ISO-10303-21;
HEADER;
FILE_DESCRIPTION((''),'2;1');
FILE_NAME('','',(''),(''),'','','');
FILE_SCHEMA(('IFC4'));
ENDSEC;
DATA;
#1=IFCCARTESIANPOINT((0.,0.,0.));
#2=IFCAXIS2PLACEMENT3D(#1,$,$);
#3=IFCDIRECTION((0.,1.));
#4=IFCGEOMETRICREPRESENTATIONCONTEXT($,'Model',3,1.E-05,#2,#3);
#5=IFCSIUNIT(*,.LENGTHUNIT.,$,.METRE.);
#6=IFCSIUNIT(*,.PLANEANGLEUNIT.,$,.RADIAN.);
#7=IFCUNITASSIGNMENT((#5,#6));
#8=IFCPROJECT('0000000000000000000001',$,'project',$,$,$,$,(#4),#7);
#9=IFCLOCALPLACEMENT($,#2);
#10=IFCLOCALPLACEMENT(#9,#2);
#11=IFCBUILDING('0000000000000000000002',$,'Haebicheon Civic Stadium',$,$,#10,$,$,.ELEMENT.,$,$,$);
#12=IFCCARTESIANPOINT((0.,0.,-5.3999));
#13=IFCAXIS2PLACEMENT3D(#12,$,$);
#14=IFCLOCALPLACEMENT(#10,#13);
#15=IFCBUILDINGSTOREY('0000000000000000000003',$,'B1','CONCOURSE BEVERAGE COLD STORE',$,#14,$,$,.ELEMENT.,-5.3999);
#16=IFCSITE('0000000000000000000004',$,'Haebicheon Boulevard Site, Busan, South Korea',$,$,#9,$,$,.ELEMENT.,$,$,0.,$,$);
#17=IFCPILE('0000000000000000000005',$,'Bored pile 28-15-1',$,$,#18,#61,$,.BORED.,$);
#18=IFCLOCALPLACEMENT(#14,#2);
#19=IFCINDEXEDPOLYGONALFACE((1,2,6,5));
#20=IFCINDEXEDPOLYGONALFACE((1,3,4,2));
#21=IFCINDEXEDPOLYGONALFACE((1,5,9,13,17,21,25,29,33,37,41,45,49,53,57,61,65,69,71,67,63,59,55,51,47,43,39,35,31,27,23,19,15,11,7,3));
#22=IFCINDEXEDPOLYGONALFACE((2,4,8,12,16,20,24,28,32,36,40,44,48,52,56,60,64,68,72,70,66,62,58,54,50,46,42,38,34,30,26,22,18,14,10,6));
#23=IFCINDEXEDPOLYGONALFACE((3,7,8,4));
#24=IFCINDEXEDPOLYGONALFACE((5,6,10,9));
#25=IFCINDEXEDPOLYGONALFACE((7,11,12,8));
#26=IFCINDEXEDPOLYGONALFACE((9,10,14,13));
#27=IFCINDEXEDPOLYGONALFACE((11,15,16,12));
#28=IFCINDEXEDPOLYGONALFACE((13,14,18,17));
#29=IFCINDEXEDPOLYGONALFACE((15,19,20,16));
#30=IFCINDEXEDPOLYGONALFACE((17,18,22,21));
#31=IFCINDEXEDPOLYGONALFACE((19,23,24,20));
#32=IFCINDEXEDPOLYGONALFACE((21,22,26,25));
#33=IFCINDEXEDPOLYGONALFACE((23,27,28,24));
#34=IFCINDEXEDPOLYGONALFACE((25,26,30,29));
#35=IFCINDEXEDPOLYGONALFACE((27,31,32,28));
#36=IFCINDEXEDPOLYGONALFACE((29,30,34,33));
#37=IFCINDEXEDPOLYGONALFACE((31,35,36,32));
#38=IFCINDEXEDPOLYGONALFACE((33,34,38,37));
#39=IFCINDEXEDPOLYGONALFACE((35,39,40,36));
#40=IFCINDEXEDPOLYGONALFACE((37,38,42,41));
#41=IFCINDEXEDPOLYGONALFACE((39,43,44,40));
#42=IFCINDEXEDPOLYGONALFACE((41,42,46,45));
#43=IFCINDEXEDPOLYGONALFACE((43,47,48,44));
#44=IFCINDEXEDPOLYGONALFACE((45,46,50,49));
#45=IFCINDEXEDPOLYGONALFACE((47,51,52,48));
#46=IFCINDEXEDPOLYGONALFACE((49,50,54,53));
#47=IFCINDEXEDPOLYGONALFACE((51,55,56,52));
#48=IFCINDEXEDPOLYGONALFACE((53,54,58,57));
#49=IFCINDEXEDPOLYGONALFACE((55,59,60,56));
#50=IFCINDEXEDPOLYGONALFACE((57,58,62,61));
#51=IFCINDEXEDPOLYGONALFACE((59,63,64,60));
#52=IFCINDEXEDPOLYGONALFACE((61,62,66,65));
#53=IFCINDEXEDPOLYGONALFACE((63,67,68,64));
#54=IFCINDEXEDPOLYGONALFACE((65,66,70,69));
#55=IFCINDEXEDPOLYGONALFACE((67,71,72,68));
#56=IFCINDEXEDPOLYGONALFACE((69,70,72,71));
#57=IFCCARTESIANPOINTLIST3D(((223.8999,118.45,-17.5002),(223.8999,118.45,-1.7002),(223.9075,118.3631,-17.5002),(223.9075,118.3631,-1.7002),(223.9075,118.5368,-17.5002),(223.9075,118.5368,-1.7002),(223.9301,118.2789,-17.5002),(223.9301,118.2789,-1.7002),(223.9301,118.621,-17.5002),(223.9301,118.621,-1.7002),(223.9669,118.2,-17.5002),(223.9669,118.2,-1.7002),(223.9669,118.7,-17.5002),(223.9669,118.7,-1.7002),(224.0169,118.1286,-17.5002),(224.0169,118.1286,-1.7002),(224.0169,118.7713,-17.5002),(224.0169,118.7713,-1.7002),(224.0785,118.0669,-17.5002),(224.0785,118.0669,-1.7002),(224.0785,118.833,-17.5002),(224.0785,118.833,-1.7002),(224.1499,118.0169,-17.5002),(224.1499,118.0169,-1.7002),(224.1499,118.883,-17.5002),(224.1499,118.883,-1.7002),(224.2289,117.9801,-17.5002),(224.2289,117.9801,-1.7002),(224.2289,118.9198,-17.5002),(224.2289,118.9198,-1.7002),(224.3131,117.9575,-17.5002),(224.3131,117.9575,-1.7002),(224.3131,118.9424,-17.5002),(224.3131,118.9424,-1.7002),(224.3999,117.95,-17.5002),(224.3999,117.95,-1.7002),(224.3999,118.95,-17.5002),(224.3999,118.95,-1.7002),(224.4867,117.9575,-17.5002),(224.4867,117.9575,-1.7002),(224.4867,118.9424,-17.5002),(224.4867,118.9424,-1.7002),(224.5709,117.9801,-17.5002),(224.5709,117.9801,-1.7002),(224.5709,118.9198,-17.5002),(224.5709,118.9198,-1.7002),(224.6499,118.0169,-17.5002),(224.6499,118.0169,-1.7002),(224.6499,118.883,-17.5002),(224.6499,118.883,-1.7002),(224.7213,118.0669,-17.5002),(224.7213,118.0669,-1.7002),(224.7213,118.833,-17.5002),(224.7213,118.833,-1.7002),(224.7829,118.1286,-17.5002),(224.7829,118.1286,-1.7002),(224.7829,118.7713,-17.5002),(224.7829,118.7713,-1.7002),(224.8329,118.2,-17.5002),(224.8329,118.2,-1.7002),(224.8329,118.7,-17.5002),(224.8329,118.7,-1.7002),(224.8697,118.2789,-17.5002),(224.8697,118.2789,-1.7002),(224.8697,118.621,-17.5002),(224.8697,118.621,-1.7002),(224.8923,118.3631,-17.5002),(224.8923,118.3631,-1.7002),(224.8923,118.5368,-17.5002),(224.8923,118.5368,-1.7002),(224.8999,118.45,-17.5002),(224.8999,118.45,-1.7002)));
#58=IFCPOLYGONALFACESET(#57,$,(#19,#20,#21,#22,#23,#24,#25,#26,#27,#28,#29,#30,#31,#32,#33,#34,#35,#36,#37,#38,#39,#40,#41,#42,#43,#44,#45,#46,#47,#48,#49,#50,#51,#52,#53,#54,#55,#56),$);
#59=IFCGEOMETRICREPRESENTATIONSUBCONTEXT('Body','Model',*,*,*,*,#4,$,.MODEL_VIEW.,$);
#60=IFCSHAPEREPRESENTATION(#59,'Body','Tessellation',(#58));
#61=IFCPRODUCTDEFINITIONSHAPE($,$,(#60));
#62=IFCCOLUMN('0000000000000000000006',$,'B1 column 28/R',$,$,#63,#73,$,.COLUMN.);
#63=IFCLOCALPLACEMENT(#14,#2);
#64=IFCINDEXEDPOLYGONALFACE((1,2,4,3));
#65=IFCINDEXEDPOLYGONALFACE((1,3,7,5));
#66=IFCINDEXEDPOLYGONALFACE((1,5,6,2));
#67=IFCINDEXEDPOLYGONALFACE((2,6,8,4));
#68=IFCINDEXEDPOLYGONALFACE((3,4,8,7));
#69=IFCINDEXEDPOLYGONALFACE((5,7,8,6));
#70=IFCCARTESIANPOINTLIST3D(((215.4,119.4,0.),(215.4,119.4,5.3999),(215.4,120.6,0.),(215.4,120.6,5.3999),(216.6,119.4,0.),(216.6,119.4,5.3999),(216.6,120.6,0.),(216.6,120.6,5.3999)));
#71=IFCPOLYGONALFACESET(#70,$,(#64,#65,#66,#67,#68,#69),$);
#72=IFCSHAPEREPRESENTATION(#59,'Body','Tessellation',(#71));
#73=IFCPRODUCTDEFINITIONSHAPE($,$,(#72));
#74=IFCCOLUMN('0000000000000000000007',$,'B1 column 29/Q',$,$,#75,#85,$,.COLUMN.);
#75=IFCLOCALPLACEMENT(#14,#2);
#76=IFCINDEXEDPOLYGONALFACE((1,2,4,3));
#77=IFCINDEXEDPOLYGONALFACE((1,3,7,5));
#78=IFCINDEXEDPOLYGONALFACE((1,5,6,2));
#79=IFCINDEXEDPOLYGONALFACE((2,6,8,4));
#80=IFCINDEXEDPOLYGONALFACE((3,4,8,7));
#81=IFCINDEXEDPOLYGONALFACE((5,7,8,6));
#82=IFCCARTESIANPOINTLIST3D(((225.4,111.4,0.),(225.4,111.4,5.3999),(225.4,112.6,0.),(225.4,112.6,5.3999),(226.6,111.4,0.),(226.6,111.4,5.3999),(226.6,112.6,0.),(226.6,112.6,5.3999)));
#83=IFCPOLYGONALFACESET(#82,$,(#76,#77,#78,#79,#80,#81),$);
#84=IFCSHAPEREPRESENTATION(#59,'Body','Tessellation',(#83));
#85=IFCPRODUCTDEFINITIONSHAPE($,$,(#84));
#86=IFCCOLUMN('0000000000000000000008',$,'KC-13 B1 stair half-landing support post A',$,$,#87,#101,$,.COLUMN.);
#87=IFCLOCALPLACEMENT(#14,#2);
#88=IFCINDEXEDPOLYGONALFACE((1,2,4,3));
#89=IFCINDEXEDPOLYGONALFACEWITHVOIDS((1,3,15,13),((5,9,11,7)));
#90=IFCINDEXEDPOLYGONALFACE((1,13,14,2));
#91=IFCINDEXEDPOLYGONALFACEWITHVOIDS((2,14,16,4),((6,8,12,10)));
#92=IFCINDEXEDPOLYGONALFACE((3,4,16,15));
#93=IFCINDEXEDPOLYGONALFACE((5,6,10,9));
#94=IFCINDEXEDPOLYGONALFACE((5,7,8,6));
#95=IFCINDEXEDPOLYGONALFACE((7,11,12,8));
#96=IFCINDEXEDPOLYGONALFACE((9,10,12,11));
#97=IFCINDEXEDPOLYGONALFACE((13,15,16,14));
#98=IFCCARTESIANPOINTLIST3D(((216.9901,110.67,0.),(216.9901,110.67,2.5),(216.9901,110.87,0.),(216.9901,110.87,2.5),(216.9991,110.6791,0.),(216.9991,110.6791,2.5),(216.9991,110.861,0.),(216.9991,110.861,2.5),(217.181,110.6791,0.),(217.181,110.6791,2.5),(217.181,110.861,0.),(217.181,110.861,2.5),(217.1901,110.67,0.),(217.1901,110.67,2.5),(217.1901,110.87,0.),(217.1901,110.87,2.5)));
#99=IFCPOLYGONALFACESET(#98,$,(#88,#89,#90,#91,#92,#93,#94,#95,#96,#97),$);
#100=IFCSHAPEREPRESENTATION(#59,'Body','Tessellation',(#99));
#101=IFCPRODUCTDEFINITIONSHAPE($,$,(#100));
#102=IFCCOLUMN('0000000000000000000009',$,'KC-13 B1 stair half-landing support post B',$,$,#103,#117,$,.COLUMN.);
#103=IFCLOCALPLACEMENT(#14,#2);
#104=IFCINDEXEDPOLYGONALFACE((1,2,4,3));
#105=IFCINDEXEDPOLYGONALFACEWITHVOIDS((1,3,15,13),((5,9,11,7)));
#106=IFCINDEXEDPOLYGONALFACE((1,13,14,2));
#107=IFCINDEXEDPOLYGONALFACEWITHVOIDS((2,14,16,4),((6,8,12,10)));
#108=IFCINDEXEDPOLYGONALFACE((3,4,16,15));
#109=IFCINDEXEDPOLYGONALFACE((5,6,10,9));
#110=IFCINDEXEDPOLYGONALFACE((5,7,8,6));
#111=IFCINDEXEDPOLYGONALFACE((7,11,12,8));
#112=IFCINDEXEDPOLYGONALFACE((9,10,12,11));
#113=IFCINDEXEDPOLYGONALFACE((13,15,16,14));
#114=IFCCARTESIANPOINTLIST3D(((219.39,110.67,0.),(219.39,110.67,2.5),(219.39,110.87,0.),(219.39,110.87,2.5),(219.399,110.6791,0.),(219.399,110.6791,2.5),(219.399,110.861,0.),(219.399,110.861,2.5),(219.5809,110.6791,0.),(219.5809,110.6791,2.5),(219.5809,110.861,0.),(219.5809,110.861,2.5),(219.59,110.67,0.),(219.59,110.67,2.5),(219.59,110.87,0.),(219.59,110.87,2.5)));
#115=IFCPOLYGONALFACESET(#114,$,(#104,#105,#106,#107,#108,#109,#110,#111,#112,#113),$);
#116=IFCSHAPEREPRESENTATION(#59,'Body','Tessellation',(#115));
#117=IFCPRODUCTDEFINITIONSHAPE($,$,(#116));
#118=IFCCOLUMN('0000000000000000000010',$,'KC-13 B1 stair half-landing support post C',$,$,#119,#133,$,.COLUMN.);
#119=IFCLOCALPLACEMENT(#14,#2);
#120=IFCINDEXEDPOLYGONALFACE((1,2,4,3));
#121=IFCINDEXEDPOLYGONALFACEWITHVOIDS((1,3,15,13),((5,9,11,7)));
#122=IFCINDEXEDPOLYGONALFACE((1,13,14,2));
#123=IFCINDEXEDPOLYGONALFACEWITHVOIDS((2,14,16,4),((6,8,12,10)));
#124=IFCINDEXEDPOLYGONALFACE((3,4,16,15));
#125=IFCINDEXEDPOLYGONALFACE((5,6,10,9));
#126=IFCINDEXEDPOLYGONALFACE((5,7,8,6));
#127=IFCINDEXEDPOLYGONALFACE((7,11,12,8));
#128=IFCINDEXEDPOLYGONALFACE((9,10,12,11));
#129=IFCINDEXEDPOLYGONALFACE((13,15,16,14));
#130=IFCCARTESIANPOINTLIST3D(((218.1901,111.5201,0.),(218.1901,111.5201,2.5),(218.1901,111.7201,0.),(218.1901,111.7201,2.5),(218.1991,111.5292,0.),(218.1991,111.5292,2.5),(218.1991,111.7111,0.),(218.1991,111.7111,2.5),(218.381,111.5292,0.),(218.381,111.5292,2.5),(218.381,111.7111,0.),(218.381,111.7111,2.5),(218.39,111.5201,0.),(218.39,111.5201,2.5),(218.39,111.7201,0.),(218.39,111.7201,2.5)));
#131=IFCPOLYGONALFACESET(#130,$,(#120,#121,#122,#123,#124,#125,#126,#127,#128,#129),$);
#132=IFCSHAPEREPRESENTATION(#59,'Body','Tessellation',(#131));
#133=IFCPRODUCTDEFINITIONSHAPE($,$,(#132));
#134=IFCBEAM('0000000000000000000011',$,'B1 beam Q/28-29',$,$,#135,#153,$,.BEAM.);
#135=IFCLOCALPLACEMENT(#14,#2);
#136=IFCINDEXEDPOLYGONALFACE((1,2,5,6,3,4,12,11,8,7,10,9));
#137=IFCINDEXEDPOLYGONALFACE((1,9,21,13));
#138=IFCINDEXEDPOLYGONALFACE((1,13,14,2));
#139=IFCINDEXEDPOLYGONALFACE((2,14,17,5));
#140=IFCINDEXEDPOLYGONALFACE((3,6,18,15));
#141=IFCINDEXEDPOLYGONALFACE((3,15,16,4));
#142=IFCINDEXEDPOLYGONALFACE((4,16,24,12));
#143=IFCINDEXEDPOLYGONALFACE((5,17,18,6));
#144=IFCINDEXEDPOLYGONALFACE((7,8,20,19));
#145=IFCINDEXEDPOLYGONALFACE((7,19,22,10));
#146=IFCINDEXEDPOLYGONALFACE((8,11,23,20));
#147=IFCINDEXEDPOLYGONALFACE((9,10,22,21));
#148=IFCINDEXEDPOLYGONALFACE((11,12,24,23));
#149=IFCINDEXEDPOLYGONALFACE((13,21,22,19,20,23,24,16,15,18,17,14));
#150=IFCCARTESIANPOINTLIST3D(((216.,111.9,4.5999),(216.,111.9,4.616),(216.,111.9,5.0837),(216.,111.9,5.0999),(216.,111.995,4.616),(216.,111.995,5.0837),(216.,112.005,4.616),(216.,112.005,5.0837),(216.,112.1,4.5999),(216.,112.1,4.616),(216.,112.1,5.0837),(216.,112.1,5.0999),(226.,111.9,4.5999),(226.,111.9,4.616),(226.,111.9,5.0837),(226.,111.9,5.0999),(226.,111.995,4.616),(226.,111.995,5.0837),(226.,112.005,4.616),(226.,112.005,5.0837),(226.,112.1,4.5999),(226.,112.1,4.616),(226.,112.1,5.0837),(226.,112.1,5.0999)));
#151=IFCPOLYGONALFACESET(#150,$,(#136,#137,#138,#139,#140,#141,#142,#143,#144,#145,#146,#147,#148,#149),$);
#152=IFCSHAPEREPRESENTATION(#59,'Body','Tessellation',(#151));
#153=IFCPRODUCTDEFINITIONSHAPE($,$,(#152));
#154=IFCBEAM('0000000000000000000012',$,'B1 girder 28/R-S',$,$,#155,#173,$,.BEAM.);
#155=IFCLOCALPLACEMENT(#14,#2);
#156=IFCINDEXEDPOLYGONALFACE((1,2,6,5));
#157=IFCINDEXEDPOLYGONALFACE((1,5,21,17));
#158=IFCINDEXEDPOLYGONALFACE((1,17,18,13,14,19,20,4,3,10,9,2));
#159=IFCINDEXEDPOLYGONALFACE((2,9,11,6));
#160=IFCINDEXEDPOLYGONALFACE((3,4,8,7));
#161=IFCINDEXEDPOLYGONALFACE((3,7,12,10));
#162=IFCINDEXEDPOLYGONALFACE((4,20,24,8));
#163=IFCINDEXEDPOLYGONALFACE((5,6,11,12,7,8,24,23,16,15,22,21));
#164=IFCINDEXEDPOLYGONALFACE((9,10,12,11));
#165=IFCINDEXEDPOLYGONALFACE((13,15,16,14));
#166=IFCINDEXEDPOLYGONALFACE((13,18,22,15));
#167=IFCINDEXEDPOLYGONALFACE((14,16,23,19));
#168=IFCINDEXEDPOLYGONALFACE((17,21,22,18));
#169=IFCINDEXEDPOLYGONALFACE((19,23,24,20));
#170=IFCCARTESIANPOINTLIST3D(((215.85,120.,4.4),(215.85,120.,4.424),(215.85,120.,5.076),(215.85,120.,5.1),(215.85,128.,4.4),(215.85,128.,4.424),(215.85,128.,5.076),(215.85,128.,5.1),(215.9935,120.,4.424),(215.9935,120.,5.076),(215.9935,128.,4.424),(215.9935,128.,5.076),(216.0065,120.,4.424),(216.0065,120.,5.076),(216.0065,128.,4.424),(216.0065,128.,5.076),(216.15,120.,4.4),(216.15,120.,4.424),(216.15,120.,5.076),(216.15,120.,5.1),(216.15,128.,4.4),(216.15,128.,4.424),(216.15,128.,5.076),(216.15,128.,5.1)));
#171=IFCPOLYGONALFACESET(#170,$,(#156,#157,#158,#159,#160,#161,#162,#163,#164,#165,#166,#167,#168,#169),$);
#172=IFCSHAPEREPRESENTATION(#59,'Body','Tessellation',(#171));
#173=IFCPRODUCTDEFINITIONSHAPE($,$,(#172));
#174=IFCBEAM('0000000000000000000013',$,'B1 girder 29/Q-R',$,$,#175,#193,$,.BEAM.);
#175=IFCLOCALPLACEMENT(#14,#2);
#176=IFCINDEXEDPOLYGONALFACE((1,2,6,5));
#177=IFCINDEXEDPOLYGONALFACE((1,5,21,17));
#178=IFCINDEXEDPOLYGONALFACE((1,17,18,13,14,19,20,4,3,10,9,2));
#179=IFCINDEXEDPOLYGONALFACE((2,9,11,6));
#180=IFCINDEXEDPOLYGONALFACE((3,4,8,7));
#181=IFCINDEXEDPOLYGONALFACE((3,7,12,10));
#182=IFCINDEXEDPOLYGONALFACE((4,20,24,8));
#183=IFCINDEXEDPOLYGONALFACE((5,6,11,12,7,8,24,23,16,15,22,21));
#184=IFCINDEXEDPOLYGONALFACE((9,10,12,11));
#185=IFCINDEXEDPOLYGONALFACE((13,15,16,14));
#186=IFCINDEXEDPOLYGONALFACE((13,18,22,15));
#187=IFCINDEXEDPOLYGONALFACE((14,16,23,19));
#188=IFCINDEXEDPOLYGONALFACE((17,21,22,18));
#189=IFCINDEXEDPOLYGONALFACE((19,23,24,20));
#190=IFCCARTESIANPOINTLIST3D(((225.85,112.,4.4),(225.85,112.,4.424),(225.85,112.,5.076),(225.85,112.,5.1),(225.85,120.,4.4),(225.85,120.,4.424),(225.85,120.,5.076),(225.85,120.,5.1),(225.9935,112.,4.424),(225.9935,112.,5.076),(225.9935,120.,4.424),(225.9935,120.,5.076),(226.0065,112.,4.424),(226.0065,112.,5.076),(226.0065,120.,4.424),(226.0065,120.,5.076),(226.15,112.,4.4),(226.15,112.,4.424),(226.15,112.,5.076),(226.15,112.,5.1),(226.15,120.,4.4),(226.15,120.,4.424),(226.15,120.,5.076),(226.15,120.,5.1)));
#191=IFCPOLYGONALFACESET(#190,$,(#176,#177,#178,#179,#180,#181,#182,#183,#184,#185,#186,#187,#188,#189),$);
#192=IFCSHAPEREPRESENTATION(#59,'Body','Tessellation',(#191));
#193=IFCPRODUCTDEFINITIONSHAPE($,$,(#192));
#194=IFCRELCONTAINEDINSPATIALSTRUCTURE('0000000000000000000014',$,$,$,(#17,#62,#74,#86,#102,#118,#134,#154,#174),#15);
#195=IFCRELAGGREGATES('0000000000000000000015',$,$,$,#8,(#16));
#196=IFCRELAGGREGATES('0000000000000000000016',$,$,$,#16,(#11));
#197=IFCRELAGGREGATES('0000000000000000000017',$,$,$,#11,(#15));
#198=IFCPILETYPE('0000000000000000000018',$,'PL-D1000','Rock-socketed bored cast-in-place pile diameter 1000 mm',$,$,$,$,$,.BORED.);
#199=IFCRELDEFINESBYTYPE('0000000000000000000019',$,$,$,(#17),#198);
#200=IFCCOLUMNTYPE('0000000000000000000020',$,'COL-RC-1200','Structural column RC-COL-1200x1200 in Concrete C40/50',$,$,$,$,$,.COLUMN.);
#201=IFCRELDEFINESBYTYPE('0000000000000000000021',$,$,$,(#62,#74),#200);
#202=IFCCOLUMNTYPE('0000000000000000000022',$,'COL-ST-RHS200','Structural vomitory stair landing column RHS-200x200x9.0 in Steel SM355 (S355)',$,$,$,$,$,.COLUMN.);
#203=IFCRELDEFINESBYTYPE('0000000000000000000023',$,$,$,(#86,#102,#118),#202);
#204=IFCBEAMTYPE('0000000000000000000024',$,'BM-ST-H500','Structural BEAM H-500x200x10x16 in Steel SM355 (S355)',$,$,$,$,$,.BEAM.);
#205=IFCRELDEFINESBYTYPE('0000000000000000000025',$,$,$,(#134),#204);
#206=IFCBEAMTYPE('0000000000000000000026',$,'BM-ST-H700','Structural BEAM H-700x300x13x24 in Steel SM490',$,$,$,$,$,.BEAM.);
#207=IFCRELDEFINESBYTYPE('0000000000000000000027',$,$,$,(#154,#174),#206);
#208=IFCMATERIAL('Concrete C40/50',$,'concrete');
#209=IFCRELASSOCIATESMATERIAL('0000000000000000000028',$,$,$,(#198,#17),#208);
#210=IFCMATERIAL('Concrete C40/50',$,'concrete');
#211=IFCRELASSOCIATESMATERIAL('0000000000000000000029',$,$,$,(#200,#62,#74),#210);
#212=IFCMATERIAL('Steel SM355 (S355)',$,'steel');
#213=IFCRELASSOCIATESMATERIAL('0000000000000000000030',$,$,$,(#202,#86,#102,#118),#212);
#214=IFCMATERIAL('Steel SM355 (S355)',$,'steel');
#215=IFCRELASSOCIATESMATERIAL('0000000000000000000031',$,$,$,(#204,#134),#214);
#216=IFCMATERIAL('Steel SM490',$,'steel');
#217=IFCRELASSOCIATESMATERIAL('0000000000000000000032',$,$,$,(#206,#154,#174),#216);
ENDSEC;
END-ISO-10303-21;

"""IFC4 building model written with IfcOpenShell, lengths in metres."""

from ifc_helpers import new_model, si_unit, direction, frame, origin, origin_2d, place, context, subcontext, project, spatial, rectangle, hollow_rectangle, circle, i_section, extrude, material, material_profile, profile_set, type_object, element, save


model = new_model("IFC4")

# Units and contexts
model_context = context("Model", 3, precision=1e-05, world=origin(), true_north=direction((0.0, 1.0)))
body_context = subcontext(model_context, "Body", "Model", "MODEL_VIEW")
ifc_project = project(units=[si_unit("LENGTHUNIT", "METRE"), si_unit("PLANEANGLEUNIT", "RADIAN")], contexts=[model_context])

# Site, building, storey
site_placement = place(None, origin())
site = spatial("IfcSite", under=ifc_project, at=site_placement, Name="Haebicheon Boulevard Site, Busan, South Korea", CompositionType="ELEMENT", RefElevation=0.0)
building_placement = place(site_placement, origin())
building = spatial("IfcBuilding", under=site, at=building_placement, Name="Haebicheon Civic Stadium", CompositionType="ELEMENT")
storey_placement = place(building_placement, frame((0.0, 0.0, -5.3999)))
storey = spatial("IfcBuildingStorey", under=building, at=storey_placement, Name="B1", Description="CONCOURSE BEVERAGE COLD STORE", CompositionType="ELEMENT", Elevation=-5.3999)

# Pile
ifc_material_1 = material(Name="Concrete C40/50", Category="concrete")
ifc_material_profile_1 = material_profile(ifc_material_1, circle(Radius=0.5, at=origin_2d()), Name="PILE-D1000")
ifc_profile_set_1 = profile_set([ifc_material_profile_1], Name="Concrete C40/50")
pile_type = type_object("IfcPileType", Name="PL-D1000", Description="Rock-socketed bored cast-in-place pile diameter 1000 mm", PredefinedType="BORED", material=ifc_profile_set_1)
for number, where, z_axis, x_axis, name in (
    (1, (224.3999, 118.45, -1.7002), (0.0, 0.0, -1.0), (1.0, 0.0, 0.0), "Bored pile 28-15-1"),
):
    element("IfcPile", number, at=place(storey_placement, frame(where, z_axis=z_axis, x_axis=x_axis)), inside=storey, type_object=pile_type, material=ifc_profile_set_1, Name=name, PredefinedType="BORED", context=body_context, shape_type="SweptSolid", body=[
        extrude(circle(Radius=0.5, at=origin_2d()), origin(), (0.0, 0.0, 1.0), 15.8),
    ])

# Columns
ifc_material_2 = material(Name="Concrete C40/50", Category="concrete")
ifc_material_profile_2 = material_profile(ifc_material_2, rectangle(XDim=1.2, YDim=1.2, at=origin_2d()), Name="RC-COL-1200x1200")
ifc_profile_set_2 = profile_set([ifc_material_profile_2], Name="Concrete C40/50")
column_type_1 = type_object("IfcColumnType", Name="COL-RC-1200", Description="Structural column RC-COL-1200x1200 in Concrete C40/50", PredefinedType="COLUMN", material=ifc_profile_set_2)
for number, where, z_axis, x_axis, name in (
    (2, (216.0, 120.0, 0.0), (0.0, 0.0, 1.0), (1.0, 0.0, 0.0), "B1 column 28/R"),
    (3, (226.0, 112.0, 0.0), (0.0, 0.0, 1.0), (1.0, 0.0, 0.0), "B1 column 29/Q"),
):
    element("IfcColumn", number, at=place(storey_placement, frame(where, z_axis=z_axis, x_axis=x_axis)), inside=storey, type_object=column_type_1, material=ifc_profile_set_2, Name=name, PredefinedType="COLUMN", context=body_context, shape_type="SweptSolid", body=[
        extrude(rectangle(XDim=1.2, YDim=1.2, at=origin_2d()), origin(), (0.0, 0.0, 1.0), 5.3999),
    ])
ifc_material_3 = material(Name="Steel SM355 (S355)", Category="steel")
ifc_material_profile_3 = material_profile(ifc_material_3, hollow_rectangle(XDim=0.2, YDim=0.2, WallThickness=0.009, at=origin_2d()), Name="RHS-200x200x9.0")
ifc_profile_set_3 = profile_set([ifc_material_profile_3], Name="Steel SM355 (S355)")
column_type_2 = type_object("IfcColumnType", Name="COL-ST-RHS200", Description="Structural vomitory stair landing column RHS-200x200x9.0 in Steel SM355 (S355)", PredefinedType="COLUMN", material=ifc_profile_set_3)
for number, where, z_axis, x_axis, name in (
    (4, (217.0901, 110.77, 0.0), (0.0, 0.0, 1.0), (1.0, 0.0, 0.0), "KC-13 B1 stair half-landing support post A"),
    (5, (219.49, 110.77, 0.0), (0.0, 0.0, 1.0), (1.0, 0.0, 0.0), "KC-13 B1 stair half-landing support post B"),
    (6, (218.29, 111.6201, 0.0), (0.0, 0.0, 1.0), (1.0, 0.0, 0.0), "KC-13 B1 stair half-landing support post C"),
):
    element("IfcColumn", number, at=place(storey_placement, frame(where, z_axis=z_axis, x_axis=x_axis)), inside=storey, type_object=column_type_2, material=ifc_profile_set_3, Name=name, PredefinedType="COLUMN", context=body_context, shape_type="SweptSolid", body=[
        extrude(hollow_rectangle(XDim=0.2, YDim=0.2, WallThickness=0.009, at=origin_2d()), origin(), (0.0, 0.0, 1.0), 2.5),
    ])

# Beams
ifc_material_4 = material(Name="Steel SM355 (S355)", Category="steel")
ifc_material_profile_4 = material_profile(ifc_material_4, i_section(OverallWidth=0.2, OverallDepth=0.5, WebThickness=0.01, FlangeThickness=0.0161, at=origin_2d()), Name="H-500x200x10x16")
ifc_profile_set_4 = profile_set([ifc_material_profile_4], Name="Steel SM355 (S355)")
beam_type_1 = type_object("IfcBeamType", Name="BM-ST-H500", Description="Structural BEAM H-500x200x10x16 in Steel SM355 (S355)", PredefinedType="BEAM", material=ifc_profile_set_4)
beam_1_placement = place(storey_placement, frame((216.0, 112.0, 4.8499), z_axis=(1.0, 0.0, 0.0), x_axis=(0.0, 1.0, 0.0)))
element("IfcBeam", 7, at=beam_1_placement, inside=storey, type_object=beam_type_1, material=ifc_profile_set_4, Name="B1 beam Q/28-29", PredefinedType="BEAM", context=body_context, shape_type="SweptSolid", body=[
    extrude(i_section(OverallWidth=0.2, OverallDepth=0.5, WebThickness=0.01, FlangeThickness=0.0161, at=origin_2d()), origin(), (0.0, 0.0, 1.0), 10.0),
])
ifc_material_5 = material(Name="Steel SM490", Category="steel")
ifc_material_profile_5 = material_profile(ifc_material_5, i_section(OverallWidth=0.3, OverallDepth=0.7, WebThickness=0.0129, FlangeThickness=0.0239, at=origin_2d()), Name="H-700x300x13x24")
ifc_profile_set_5 = profile_set([ifc_material_profile_5], Name="Steel SM490")
beam_type_2 = type_object("IfcBeamType", Name="BM-ST-H700", Description="Structural BEAM H-700x300x13x24 in Steel SM490", PredefinedType="BEAM", material=ifc_profile_set_5)
for number, where, z_axis, x_axis, name in (
    (8, (216.0, 120.0, 4.75), (0.0, 1.0, 0.0), (-1.0, 0.0, 0.0), "B1 girder 28/R-S"),
    (9, (226.0, 112.0, 4.75), (0.0, 1.0, 0.0), (-1.0, 0.0, 0.0), "B1 girder 29/Q-R"),
):
    element("IfcBeam", number, at=place(storey_placement, frame(where, z_axis=z_axis, x_axis=x_axis)), inside=storey, type_object=beam_type_2, material=ifc_profile_set_5, Name=name, PredefinedType="BEAM", context=body_context, shape_type="SweptSolid", body=[
        extrude(i_section(OverallWidth=0.3, OverallDepth=0.7, WebThickness=0.0129, FlangeThickness=0.0239, at=origin_2d()), origin(), (0.0, 0.0, 1.0), 8.0),
    ])

save(model, "model.ifc")
